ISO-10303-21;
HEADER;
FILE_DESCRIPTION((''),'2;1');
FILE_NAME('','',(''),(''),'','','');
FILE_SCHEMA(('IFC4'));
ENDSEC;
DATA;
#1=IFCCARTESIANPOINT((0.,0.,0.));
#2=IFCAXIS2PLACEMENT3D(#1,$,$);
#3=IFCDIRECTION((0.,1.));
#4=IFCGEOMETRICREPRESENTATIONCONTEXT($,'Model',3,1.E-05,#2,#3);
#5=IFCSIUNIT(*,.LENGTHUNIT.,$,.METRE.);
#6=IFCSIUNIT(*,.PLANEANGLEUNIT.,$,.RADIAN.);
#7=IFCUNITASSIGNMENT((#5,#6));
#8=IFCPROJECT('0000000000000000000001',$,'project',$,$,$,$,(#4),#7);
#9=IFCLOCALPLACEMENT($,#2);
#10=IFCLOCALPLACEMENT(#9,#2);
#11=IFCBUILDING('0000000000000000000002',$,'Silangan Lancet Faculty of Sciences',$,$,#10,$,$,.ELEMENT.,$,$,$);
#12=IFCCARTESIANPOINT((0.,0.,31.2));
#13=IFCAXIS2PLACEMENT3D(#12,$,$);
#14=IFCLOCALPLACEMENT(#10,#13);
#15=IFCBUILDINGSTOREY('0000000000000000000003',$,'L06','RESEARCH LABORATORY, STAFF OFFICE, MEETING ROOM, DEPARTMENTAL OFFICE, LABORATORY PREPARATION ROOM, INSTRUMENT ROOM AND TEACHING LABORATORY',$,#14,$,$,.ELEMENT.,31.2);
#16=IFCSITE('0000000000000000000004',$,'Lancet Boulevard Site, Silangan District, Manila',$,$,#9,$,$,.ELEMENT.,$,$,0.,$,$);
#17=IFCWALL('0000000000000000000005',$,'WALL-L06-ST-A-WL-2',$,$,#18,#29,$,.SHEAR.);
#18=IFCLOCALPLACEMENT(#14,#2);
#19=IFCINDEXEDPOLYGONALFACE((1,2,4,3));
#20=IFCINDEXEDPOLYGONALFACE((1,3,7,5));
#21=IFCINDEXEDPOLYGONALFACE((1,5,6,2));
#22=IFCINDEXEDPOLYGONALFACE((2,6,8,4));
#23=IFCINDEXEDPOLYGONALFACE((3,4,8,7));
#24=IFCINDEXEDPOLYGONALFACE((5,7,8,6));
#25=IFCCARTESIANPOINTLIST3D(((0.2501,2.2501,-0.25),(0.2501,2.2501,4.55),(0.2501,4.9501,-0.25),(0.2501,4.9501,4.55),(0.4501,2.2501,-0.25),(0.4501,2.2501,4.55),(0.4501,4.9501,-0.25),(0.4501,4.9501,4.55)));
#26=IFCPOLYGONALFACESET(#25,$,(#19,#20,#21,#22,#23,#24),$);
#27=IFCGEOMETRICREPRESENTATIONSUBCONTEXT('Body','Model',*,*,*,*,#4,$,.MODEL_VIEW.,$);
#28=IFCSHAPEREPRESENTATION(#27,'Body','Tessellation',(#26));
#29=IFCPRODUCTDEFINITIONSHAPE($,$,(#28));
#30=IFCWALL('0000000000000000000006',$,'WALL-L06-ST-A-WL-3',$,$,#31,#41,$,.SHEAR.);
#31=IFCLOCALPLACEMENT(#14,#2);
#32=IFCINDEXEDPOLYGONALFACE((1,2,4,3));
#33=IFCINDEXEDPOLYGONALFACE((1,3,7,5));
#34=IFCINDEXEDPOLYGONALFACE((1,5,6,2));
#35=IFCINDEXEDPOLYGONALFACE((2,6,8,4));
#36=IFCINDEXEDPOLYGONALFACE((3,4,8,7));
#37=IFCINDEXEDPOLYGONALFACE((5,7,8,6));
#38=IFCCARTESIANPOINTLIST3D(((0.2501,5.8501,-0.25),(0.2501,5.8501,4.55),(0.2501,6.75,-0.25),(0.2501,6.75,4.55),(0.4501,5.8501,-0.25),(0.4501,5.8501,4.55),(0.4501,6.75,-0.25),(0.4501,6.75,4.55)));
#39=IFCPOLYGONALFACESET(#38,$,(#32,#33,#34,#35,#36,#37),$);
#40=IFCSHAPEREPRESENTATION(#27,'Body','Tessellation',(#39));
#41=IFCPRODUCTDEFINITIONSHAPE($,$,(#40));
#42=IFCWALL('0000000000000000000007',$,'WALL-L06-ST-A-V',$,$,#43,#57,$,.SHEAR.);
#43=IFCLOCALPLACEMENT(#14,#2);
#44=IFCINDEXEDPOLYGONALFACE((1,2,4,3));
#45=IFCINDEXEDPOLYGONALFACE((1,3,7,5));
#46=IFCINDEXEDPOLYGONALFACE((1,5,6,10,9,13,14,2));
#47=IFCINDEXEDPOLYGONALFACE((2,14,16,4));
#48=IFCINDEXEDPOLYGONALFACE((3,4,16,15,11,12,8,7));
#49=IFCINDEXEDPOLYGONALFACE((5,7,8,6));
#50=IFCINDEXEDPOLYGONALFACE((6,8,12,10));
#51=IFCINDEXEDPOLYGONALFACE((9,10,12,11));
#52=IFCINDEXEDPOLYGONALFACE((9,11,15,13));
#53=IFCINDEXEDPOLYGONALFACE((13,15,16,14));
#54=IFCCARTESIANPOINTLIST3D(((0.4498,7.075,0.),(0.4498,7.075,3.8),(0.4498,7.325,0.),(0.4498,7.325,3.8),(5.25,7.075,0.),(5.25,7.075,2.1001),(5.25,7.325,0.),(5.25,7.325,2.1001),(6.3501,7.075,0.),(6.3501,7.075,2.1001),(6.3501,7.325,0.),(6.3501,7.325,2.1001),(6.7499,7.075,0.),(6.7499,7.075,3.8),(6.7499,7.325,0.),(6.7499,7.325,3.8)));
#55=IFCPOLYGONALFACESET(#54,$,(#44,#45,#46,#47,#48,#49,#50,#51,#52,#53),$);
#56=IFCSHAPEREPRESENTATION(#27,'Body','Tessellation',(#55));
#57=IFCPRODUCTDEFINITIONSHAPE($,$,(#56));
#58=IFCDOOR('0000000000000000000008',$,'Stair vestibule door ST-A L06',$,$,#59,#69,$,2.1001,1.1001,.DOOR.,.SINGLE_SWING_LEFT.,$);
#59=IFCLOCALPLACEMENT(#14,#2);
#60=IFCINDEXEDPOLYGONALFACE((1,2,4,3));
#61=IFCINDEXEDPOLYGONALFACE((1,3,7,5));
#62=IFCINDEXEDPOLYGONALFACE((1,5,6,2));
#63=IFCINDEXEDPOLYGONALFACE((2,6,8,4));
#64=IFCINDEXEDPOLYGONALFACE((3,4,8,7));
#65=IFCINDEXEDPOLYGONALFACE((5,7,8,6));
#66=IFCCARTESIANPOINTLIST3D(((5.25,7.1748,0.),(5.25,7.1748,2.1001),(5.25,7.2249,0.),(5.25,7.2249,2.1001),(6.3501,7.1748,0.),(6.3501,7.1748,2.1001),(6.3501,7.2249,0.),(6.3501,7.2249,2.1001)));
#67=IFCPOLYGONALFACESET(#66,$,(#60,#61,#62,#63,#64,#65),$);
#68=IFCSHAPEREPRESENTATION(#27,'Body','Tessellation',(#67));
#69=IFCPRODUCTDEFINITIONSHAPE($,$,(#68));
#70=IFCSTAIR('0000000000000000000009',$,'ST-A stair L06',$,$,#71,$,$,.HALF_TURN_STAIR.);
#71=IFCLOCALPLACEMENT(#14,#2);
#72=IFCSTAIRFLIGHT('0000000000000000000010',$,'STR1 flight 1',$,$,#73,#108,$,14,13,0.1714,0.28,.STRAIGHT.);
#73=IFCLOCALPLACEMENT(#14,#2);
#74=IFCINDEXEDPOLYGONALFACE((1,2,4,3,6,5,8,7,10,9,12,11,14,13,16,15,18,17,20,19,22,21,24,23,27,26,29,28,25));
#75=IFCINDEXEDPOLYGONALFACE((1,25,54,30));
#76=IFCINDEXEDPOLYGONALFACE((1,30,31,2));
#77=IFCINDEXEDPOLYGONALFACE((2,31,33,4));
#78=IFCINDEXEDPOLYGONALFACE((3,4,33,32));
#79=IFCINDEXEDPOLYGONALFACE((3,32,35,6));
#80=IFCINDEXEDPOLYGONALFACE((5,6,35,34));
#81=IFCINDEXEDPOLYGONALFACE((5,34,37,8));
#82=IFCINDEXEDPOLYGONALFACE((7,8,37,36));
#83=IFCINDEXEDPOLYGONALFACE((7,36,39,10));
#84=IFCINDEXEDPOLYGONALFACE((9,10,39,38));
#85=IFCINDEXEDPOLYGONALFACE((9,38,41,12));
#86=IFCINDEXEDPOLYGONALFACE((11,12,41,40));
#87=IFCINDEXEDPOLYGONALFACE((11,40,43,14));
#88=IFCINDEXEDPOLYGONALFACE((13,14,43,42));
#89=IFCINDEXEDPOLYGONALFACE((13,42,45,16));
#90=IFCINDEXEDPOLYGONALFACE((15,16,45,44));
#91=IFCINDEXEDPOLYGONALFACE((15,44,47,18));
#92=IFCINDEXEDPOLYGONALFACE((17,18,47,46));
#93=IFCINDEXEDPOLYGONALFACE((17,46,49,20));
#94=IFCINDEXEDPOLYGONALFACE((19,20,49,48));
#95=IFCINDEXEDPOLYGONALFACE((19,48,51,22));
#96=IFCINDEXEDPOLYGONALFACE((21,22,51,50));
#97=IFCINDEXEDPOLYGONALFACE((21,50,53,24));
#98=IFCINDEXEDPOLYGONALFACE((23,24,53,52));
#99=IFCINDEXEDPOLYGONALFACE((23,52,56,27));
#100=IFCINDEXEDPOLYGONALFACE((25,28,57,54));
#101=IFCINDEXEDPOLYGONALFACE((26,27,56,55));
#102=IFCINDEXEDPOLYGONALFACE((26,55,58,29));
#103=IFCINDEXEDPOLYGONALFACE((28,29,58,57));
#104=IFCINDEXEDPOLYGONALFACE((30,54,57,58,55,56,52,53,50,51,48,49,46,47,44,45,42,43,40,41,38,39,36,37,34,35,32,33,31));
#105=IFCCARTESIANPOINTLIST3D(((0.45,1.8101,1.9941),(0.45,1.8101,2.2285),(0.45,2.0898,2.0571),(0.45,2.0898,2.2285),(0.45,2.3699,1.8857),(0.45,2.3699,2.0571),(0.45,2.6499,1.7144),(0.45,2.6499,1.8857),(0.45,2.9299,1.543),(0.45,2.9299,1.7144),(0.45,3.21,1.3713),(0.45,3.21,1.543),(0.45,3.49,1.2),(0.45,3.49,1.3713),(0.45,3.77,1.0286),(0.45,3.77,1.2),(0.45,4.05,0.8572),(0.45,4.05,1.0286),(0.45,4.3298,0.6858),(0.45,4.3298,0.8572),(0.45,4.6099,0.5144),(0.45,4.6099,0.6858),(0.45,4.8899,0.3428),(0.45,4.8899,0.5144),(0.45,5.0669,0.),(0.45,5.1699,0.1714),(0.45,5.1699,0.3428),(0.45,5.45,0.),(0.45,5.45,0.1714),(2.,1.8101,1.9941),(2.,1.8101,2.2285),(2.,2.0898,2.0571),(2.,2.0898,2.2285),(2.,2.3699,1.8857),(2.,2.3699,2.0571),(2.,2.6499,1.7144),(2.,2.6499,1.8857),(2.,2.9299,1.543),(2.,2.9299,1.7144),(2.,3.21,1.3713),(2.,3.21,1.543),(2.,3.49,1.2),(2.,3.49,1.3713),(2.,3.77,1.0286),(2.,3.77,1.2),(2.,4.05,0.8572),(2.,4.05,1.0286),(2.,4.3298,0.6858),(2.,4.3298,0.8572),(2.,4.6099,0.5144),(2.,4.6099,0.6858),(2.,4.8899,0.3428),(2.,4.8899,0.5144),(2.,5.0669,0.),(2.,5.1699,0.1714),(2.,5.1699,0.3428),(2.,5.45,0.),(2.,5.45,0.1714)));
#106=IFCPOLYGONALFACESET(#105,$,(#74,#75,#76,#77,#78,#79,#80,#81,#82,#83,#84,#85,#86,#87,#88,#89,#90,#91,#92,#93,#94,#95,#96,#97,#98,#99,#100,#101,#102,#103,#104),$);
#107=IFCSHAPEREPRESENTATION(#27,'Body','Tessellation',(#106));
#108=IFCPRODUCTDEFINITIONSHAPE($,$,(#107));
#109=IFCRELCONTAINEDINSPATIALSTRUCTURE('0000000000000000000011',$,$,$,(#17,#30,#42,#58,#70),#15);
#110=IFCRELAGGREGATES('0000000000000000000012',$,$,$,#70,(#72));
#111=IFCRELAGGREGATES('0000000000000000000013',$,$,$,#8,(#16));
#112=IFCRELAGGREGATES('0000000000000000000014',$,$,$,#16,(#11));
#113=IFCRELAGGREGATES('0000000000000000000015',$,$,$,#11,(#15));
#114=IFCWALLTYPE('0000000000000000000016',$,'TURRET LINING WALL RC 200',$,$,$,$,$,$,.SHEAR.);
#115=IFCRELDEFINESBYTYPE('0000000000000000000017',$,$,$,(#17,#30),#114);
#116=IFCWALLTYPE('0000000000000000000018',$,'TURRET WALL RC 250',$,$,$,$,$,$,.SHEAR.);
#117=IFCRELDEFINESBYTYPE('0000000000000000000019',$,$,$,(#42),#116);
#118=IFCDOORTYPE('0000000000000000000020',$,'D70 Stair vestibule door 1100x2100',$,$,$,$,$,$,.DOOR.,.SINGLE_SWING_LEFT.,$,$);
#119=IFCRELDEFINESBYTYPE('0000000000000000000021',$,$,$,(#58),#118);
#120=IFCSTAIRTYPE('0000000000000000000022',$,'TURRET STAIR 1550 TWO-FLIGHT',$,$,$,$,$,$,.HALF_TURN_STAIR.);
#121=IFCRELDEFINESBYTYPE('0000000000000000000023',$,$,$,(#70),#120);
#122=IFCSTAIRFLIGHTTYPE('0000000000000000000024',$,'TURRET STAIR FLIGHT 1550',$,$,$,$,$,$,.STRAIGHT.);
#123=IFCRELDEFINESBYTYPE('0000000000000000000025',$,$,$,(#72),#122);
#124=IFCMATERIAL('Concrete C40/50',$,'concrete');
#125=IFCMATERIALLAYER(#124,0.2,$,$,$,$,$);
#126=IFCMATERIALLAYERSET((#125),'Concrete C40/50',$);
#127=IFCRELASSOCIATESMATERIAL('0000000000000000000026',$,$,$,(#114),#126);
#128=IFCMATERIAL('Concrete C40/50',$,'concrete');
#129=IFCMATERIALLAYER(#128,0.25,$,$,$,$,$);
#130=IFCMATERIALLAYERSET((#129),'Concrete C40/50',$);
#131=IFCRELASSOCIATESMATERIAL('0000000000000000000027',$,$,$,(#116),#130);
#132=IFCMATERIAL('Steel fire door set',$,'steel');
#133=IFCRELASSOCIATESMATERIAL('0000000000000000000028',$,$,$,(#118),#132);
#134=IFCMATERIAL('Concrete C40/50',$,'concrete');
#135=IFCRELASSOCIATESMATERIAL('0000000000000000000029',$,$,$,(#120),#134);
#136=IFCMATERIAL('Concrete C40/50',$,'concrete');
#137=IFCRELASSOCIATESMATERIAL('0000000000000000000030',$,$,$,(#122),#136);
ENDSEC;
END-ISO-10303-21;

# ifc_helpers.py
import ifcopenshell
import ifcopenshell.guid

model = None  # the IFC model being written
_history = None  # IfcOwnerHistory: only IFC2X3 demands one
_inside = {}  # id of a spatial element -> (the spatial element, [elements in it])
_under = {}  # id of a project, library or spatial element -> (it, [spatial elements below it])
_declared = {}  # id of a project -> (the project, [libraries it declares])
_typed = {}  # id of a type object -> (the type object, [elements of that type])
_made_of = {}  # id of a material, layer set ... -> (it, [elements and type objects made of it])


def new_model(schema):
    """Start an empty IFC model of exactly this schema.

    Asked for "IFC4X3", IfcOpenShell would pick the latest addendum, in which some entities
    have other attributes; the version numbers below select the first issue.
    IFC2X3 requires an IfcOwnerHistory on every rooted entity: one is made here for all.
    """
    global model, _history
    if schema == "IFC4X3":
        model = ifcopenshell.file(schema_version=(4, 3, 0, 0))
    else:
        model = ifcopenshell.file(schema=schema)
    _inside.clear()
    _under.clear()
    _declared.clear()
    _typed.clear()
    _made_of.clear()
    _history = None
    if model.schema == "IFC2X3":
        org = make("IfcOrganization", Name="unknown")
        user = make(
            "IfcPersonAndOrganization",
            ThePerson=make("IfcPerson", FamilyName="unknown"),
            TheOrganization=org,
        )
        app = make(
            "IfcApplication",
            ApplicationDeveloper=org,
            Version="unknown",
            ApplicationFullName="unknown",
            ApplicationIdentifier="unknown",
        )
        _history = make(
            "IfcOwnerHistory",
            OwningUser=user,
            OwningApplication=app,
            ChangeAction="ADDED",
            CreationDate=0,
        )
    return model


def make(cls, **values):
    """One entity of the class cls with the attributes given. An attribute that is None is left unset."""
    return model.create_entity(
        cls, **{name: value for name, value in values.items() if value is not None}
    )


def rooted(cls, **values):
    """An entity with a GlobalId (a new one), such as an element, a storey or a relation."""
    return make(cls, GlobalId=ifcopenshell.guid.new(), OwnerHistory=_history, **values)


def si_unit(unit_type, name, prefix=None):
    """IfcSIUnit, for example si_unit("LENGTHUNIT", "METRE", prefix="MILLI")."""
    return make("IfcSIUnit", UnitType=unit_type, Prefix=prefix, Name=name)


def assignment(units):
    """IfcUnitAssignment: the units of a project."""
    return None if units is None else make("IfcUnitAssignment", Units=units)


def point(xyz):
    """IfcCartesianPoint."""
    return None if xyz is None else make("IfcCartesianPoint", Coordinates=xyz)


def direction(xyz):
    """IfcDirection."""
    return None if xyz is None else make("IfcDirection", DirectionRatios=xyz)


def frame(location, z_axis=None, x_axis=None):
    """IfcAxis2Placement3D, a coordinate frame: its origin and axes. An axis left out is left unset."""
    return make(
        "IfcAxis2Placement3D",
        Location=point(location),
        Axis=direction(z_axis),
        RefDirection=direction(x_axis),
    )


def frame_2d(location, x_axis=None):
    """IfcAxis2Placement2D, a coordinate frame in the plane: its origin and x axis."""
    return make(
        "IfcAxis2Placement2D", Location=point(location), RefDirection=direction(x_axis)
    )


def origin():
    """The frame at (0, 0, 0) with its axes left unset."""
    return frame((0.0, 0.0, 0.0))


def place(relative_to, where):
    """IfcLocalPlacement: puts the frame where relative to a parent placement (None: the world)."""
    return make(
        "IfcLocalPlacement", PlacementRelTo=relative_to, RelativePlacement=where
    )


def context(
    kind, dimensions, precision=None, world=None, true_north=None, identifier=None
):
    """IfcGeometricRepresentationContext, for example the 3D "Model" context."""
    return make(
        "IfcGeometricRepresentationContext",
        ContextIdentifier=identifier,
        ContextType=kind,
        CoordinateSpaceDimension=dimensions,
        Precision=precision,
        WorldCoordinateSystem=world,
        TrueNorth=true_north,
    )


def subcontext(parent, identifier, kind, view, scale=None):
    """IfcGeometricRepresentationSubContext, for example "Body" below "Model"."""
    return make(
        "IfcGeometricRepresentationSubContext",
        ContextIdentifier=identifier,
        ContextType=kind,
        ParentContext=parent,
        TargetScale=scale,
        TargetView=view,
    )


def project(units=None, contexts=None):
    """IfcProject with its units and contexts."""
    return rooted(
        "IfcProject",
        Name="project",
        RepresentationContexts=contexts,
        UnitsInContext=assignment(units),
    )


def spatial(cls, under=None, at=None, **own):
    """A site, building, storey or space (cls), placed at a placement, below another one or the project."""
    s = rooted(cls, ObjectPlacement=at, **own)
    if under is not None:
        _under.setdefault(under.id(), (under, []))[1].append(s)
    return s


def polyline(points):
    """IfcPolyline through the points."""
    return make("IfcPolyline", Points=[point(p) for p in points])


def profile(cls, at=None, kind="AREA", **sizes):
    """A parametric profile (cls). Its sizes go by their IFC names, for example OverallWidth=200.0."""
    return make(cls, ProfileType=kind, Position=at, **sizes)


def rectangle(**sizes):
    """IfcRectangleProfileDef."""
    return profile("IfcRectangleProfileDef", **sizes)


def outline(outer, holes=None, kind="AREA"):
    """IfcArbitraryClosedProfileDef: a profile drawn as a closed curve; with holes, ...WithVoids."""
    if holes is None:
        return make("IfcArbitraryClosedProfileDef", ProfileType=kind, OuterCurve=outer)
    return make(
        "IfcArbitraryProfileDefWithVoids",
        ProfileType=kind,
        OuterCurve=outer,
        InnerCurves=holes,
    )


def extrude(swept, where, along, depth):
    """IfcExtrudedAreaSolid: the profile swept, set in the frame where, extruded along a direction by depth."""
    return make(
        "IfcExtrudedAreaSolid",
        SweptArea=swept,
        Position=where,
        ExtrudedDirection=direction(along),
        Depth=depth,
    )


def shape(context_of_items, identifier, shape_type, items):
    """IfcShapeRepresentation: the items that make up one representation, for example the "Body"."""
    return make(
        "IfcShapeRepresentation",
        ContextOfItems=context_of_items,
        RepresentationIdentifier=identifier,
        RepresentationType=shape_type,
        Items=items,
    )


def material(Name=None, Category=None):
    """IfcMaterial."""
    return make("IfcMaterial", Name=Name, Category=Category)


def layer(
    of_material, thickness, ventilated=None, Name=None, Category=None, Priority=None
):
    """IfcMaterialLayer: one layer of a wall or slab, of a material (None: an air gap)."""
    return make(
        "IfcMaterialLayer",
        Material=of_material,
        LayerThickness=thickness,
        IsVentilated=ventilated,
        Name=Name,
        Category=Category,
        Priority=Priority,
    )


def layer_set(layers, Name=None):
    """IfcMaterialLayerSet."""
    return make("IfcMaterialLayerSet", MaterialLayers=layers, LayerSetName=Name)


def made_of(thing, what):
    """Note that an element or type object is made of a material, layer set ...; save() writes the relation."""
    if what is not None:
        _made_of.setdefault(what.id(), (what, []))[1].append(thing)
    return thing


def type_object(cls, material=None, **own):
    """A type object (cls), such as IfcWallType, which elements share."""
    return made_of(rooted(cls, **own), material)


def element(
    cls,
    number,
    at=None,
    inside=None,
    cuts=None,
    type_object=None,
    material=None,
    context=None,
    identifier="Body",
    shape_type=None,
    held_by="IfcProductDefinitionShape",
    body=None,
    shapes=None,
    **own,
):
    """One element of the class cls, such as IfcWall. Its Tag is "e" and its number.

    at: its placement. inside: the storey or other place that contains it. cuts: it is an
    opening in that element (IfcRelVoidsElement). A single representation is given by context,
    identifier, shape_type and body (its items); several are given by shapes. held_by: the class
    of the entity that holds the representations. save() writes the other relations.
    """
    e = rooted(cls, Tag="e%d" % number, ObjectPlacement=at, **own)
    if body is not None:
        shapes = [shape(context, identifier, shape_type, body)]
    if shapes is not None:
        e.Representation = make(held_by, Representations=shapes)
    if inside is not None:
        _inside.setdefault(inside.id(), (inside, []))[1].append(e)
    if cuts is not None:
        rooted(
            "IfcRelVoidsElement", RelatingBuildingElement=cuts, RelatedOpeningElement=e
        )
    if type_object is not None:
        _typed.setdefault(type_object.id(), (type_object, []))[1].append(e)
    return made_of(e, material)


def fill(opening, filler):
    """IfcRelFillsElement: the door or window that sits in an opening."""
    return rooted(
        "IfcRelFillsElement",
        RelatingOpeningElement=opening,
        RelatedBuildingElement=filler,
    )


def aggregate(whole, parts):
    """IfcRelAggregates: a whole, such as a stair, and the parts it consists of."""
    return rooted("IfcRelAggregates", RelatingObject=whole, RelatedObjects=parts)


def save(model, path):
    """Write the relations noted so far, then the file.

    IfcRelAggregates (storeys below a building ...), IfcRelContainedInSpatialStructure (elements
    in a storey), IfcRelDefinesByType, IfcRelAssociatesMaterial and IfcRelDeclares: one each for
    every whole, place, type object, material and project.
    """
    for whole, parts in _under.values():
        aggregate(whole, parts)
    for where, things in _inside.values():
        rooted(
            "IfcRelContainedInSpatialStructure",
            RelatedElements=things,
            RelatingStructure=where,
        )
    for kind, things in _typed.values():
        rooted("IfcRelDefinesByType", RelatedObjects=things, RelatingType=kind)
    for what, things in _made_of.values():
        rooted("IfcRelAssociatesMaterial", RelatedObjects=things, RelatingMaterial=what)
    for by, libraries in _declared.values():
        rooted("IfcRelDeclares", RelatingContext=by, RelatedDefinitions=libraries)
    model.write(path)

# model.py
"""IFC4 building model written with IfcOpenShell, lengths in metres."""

from ifc_helpers import new_model, si_unit, direction, frame, frame_2d, origin, place, context, subcontext, project, spatial, polyline, rectangle, outline, extrude, material, layer, layer_set, type_object, element, fill, aggregate, save


model = new_model("IFC4")

# Units and contexts
model_context = context("Model", 3, precision=1e-05, world=origin(), true_north=direction((0.0, 1.0)))
body_context = subcontext(model_context, "Body", "Model", "MODEL_VIEW")
ifc_project = project(units=[si_unit("LENGTHUNIT", "METRE"), si_unit("PLANEANGLEUNIT", "RADIAN")], contexts=[model_context])

# Site, building, storey
site_placement = place(None, origin())
site = spatial("IfcSite", under=ifc_project, at=site_placement, Name="Lancet Boulevard Site, Silangan District, Manila", CompositionType="ELEMENT", RefElevation=0.0)
building_placement = place(site_placement, origin())
building = spatial("IfcBuilding", under=site, at=building_placement, Name="Silangan Lancet Faculty of Sciences", CompositionType="ELEMENT")
storey_placement = place(building_placement, frame((0.0, 0.0, 31.2)))
storey = spatial("IfcBuildingStorey", under=building, at=storey_placement, Name="L06", Description="RESEARCH LABORATORY, STAFF OFFICE, MEETING ROOM, DEPARTMENTAL OFFICE, LABORATORY PREPARATION ROOM, INSTRUMENT ROOM AND TEACHING LABORATORY", CompositionType="ELEMENT", Elevation=31.2)

# Walls
ifc_material_1 = material(Name="Concrete C40/50", Category="concrete")
ifc_layer_1 = layer(ifc_material_1, 0.2)
ifc_layer_set_1 = layer_set([ifc_layer_1], Name="Concrete C40/50")
wall_type_1 = type_object("IfcWallType", Name="TURRET LINING WALL RC 200", PredefinedType="SHEAR", material=ifc_layer_set_1)
wall_1_placement = place(storey_placement, frame((0.3501, 2.25, -0.25), z_axis=(0.0, 0.0, 1.0), x_axis=(0.0, 1.0, 0.0)))
element("IfcWall", 1, at=wall_1_placement, inside=storey, type_object=wall_type_1, Name="WALL-L06-ST-A-WL-2", PredefinedType="SHEAR", context=body_context, shape_type="SweptSolid", body=[
    extrude(rectangle(XDim=2.7, YDim=0.2, at=frame_2d((1.3501, 0.0))), origin(), (0.0, 0.0, 1.0), 4.8),
])
wall_2_placement = place(storey_placement, frame((0.3501, 5.8501, -0.25), z_axis=(0.0, 0.0, 1.0), x_axis=(0.0, 1.0, 0.0)))
element("IfcWall", 2, at=wall_2_placement, inside=storey, type_object=wall_type_1, Name="WALL-L06-ST-A-WL-3", PredefinedType="SHEAR", context=body_context, shape_type="SweptSolid", body=[
    extrude(rectangle(XDim=0.8999, YDim=0.2, at=frame_2d((0.45, 0.0))), origin(), (0.0, 0.0, 1.0), 4.8),
])

# Wall, opening, door
ifc_material_2 = material(Name="Concrete C40/50", Category="concrete")
ifc_layer_2 = layer(ifc_material_2, 0.25)
ifc_layer_set_2 = layer_set([ifc_layer_2], Name="Concrete C40/50")
wall_type_2 = type_object("IfcWallType", Name="TURRET WALL RC 250", PredefinedType="SHEAR", material=ifc_layer_set_2)
wall_3_placement = place(storey_placement, frame((0.45, 7.2, 0.0), z_axis=(0.0, 0.0, 1.0), x_axis=(1.0, 0.0, 0.0)))
wall_3 = element("IfcWall", 3, at=wall_3_placement, inside=storey, type_object=wall_type_2, Name="WALL-L06-ST-A-V", PredefinedType="SHEAR", context=body_context, shape_type="SweptSolid", body=[
    extrude(rectangle(XDim=6.3, YDim=0.25, at=frame_2d((3.1499, 0.0))), origin(), (0.0, 0.0, 1.0), 3.8),
])
opening_1_placement = place(wall_3_placement, frame((4.8, 0.0, 0.0)))
opening_1 = element("IfcOpeningElement", 4, at=opening_1_placement, cuts=wall_3, PredefinedType="OPENING", context=body_context, shape_type="SweptSolid", body=[
    extrude(rectangle(XDim=1.1001, YDim=2.1001, at=frame_2d((0.55, 1.05))), frame((0.0, 0.135, 0.0), z_axis=(0.0, -1.0, 0.0), x_axis=(1.0, 0.0, 0.0)), (0.0, 0.0, 1.0), 0.27),
])
ifc_material_3 = material(Name="Steel fire door set", Category="steel")
door_type_1 = type_object("IfcDoorType", Name="D70 Stair vestibule door 1100x2100", OperationType="SINGLE_SWING_LEFT", PredefinedType="DOOR", material=ifc_material_3)
door_1_placement = place(opening_1_placement, frame((1.1001, 0.0, 0.0), z_axis=(0.0, 0.0, 1.0), x_axis=(-1.0, 0.0, 0.0)))
door_1 = element("IfcDoor", 5, at=door_1_placement, inside=storey, type_object=door_type_1, Name="Stair vestibule door ST-A L06", OperationType="SINGLE_SWING_LEFT", OverallHeight=2.1001, OverallWidth=1.1001, PredefinedType="DOOR", context=body_context, shape_type="SweptSolid", body=[
    extrude(rectangle(XDim=1.1001, YDim=2.1001, at=frame_2d((0.55, 1.05))), frame((0.0, 0.0251, 0.0), z_axis=(0.0, -1.0, 0.0), x_axis=(1.0, 0.0, 0.0)), (0.0, 0.0, 1.0), 0.05),
])
fill(opening_1, door_1)

# Stair, stair flight
ifc_material_4 = material(Name="Concrete C40/50", Category="concrete")
stair_type = type_object("IfcStairType", Name="TURRET STAIR 1550 TWO-FLIGHT", PredefinedType="HALF_TURN_STAIR", material=ifc_material_4)
stair_placement = place(storey_placement, origin())
stair = element("IfcStair", 6, at=stair_placement, inside=storey, type_object=stair_type, Name="ST-A stair L06", PredefinedType="HALF_TURN_STAIR")
ifc_material_5 = material(Name="Concrete C40/50", Category="concrete")
stair_flight_type = type_object("IfcStairFlightType", Name="TURRET STAIR FLIGHT 1550", PredefinedType="STRAIGHT", material=ifc_material_5)
stair_flight_placement = place(storey_placement, frame((1.2251, 5.45, 0.0), z_axis=(0.0, 0.0, 1.0), x_axis=(0.0, -1.0, 0.0)))
stair_flight = element("IfcStairFlight", 7, at=stair_flight_placement, type_object=stair_flight_type, Name="STR1 flight 1", NumberOfRisers=14, NumberOfTreads=13, PredefinedType="STRAIGHT", RiserHeight=0.1714, TreadLength=0.28, context=body_context, shape_type="SweptSolid", body=[
    extrude(outline(polyline([(0.0, 0.0), (0.0, 0.1714), (0.28, 0.1714), (0.28, 0.3428), (0.5601, 0.3428), (0.5601, 0.5144), (0.8401, 0.5144), (0.8401, 0.6858), (1.1201, 0.6858), (1.1201, 0.8572), (1.3999, 0.8572), (1.3999, 1.0286), (1.6799, 1.0286), (1.6799, 1.2), (1.96, 1.2), (1.96, 1.3713), (2.24, 1.3713), (2.24, 1.543), (2.52, 1.543), (2.52, 1.7144), (2.8, 1.7144), (2.8, 1.8857), (3.0801, 1.8857), (3.0801, 2.0571), (3.3601, 2.0571), (3.3601, 2.2285), (3.6399, 2.2285), (3.6399, 2.3999), (3.6399, 1.9941), (0.3831, 0.0), (0.0, 0.0)])), frame((0.0, 0.7749, 0.0), z_axis=(0.0, -1.0, 0.0), x_axis=(1.0, 0.0, 0.0)), (0.0, 0.0, 1.0), 1.55),
])
aggregate(stair, [stair_flight])

save(model, "model.ifc")
